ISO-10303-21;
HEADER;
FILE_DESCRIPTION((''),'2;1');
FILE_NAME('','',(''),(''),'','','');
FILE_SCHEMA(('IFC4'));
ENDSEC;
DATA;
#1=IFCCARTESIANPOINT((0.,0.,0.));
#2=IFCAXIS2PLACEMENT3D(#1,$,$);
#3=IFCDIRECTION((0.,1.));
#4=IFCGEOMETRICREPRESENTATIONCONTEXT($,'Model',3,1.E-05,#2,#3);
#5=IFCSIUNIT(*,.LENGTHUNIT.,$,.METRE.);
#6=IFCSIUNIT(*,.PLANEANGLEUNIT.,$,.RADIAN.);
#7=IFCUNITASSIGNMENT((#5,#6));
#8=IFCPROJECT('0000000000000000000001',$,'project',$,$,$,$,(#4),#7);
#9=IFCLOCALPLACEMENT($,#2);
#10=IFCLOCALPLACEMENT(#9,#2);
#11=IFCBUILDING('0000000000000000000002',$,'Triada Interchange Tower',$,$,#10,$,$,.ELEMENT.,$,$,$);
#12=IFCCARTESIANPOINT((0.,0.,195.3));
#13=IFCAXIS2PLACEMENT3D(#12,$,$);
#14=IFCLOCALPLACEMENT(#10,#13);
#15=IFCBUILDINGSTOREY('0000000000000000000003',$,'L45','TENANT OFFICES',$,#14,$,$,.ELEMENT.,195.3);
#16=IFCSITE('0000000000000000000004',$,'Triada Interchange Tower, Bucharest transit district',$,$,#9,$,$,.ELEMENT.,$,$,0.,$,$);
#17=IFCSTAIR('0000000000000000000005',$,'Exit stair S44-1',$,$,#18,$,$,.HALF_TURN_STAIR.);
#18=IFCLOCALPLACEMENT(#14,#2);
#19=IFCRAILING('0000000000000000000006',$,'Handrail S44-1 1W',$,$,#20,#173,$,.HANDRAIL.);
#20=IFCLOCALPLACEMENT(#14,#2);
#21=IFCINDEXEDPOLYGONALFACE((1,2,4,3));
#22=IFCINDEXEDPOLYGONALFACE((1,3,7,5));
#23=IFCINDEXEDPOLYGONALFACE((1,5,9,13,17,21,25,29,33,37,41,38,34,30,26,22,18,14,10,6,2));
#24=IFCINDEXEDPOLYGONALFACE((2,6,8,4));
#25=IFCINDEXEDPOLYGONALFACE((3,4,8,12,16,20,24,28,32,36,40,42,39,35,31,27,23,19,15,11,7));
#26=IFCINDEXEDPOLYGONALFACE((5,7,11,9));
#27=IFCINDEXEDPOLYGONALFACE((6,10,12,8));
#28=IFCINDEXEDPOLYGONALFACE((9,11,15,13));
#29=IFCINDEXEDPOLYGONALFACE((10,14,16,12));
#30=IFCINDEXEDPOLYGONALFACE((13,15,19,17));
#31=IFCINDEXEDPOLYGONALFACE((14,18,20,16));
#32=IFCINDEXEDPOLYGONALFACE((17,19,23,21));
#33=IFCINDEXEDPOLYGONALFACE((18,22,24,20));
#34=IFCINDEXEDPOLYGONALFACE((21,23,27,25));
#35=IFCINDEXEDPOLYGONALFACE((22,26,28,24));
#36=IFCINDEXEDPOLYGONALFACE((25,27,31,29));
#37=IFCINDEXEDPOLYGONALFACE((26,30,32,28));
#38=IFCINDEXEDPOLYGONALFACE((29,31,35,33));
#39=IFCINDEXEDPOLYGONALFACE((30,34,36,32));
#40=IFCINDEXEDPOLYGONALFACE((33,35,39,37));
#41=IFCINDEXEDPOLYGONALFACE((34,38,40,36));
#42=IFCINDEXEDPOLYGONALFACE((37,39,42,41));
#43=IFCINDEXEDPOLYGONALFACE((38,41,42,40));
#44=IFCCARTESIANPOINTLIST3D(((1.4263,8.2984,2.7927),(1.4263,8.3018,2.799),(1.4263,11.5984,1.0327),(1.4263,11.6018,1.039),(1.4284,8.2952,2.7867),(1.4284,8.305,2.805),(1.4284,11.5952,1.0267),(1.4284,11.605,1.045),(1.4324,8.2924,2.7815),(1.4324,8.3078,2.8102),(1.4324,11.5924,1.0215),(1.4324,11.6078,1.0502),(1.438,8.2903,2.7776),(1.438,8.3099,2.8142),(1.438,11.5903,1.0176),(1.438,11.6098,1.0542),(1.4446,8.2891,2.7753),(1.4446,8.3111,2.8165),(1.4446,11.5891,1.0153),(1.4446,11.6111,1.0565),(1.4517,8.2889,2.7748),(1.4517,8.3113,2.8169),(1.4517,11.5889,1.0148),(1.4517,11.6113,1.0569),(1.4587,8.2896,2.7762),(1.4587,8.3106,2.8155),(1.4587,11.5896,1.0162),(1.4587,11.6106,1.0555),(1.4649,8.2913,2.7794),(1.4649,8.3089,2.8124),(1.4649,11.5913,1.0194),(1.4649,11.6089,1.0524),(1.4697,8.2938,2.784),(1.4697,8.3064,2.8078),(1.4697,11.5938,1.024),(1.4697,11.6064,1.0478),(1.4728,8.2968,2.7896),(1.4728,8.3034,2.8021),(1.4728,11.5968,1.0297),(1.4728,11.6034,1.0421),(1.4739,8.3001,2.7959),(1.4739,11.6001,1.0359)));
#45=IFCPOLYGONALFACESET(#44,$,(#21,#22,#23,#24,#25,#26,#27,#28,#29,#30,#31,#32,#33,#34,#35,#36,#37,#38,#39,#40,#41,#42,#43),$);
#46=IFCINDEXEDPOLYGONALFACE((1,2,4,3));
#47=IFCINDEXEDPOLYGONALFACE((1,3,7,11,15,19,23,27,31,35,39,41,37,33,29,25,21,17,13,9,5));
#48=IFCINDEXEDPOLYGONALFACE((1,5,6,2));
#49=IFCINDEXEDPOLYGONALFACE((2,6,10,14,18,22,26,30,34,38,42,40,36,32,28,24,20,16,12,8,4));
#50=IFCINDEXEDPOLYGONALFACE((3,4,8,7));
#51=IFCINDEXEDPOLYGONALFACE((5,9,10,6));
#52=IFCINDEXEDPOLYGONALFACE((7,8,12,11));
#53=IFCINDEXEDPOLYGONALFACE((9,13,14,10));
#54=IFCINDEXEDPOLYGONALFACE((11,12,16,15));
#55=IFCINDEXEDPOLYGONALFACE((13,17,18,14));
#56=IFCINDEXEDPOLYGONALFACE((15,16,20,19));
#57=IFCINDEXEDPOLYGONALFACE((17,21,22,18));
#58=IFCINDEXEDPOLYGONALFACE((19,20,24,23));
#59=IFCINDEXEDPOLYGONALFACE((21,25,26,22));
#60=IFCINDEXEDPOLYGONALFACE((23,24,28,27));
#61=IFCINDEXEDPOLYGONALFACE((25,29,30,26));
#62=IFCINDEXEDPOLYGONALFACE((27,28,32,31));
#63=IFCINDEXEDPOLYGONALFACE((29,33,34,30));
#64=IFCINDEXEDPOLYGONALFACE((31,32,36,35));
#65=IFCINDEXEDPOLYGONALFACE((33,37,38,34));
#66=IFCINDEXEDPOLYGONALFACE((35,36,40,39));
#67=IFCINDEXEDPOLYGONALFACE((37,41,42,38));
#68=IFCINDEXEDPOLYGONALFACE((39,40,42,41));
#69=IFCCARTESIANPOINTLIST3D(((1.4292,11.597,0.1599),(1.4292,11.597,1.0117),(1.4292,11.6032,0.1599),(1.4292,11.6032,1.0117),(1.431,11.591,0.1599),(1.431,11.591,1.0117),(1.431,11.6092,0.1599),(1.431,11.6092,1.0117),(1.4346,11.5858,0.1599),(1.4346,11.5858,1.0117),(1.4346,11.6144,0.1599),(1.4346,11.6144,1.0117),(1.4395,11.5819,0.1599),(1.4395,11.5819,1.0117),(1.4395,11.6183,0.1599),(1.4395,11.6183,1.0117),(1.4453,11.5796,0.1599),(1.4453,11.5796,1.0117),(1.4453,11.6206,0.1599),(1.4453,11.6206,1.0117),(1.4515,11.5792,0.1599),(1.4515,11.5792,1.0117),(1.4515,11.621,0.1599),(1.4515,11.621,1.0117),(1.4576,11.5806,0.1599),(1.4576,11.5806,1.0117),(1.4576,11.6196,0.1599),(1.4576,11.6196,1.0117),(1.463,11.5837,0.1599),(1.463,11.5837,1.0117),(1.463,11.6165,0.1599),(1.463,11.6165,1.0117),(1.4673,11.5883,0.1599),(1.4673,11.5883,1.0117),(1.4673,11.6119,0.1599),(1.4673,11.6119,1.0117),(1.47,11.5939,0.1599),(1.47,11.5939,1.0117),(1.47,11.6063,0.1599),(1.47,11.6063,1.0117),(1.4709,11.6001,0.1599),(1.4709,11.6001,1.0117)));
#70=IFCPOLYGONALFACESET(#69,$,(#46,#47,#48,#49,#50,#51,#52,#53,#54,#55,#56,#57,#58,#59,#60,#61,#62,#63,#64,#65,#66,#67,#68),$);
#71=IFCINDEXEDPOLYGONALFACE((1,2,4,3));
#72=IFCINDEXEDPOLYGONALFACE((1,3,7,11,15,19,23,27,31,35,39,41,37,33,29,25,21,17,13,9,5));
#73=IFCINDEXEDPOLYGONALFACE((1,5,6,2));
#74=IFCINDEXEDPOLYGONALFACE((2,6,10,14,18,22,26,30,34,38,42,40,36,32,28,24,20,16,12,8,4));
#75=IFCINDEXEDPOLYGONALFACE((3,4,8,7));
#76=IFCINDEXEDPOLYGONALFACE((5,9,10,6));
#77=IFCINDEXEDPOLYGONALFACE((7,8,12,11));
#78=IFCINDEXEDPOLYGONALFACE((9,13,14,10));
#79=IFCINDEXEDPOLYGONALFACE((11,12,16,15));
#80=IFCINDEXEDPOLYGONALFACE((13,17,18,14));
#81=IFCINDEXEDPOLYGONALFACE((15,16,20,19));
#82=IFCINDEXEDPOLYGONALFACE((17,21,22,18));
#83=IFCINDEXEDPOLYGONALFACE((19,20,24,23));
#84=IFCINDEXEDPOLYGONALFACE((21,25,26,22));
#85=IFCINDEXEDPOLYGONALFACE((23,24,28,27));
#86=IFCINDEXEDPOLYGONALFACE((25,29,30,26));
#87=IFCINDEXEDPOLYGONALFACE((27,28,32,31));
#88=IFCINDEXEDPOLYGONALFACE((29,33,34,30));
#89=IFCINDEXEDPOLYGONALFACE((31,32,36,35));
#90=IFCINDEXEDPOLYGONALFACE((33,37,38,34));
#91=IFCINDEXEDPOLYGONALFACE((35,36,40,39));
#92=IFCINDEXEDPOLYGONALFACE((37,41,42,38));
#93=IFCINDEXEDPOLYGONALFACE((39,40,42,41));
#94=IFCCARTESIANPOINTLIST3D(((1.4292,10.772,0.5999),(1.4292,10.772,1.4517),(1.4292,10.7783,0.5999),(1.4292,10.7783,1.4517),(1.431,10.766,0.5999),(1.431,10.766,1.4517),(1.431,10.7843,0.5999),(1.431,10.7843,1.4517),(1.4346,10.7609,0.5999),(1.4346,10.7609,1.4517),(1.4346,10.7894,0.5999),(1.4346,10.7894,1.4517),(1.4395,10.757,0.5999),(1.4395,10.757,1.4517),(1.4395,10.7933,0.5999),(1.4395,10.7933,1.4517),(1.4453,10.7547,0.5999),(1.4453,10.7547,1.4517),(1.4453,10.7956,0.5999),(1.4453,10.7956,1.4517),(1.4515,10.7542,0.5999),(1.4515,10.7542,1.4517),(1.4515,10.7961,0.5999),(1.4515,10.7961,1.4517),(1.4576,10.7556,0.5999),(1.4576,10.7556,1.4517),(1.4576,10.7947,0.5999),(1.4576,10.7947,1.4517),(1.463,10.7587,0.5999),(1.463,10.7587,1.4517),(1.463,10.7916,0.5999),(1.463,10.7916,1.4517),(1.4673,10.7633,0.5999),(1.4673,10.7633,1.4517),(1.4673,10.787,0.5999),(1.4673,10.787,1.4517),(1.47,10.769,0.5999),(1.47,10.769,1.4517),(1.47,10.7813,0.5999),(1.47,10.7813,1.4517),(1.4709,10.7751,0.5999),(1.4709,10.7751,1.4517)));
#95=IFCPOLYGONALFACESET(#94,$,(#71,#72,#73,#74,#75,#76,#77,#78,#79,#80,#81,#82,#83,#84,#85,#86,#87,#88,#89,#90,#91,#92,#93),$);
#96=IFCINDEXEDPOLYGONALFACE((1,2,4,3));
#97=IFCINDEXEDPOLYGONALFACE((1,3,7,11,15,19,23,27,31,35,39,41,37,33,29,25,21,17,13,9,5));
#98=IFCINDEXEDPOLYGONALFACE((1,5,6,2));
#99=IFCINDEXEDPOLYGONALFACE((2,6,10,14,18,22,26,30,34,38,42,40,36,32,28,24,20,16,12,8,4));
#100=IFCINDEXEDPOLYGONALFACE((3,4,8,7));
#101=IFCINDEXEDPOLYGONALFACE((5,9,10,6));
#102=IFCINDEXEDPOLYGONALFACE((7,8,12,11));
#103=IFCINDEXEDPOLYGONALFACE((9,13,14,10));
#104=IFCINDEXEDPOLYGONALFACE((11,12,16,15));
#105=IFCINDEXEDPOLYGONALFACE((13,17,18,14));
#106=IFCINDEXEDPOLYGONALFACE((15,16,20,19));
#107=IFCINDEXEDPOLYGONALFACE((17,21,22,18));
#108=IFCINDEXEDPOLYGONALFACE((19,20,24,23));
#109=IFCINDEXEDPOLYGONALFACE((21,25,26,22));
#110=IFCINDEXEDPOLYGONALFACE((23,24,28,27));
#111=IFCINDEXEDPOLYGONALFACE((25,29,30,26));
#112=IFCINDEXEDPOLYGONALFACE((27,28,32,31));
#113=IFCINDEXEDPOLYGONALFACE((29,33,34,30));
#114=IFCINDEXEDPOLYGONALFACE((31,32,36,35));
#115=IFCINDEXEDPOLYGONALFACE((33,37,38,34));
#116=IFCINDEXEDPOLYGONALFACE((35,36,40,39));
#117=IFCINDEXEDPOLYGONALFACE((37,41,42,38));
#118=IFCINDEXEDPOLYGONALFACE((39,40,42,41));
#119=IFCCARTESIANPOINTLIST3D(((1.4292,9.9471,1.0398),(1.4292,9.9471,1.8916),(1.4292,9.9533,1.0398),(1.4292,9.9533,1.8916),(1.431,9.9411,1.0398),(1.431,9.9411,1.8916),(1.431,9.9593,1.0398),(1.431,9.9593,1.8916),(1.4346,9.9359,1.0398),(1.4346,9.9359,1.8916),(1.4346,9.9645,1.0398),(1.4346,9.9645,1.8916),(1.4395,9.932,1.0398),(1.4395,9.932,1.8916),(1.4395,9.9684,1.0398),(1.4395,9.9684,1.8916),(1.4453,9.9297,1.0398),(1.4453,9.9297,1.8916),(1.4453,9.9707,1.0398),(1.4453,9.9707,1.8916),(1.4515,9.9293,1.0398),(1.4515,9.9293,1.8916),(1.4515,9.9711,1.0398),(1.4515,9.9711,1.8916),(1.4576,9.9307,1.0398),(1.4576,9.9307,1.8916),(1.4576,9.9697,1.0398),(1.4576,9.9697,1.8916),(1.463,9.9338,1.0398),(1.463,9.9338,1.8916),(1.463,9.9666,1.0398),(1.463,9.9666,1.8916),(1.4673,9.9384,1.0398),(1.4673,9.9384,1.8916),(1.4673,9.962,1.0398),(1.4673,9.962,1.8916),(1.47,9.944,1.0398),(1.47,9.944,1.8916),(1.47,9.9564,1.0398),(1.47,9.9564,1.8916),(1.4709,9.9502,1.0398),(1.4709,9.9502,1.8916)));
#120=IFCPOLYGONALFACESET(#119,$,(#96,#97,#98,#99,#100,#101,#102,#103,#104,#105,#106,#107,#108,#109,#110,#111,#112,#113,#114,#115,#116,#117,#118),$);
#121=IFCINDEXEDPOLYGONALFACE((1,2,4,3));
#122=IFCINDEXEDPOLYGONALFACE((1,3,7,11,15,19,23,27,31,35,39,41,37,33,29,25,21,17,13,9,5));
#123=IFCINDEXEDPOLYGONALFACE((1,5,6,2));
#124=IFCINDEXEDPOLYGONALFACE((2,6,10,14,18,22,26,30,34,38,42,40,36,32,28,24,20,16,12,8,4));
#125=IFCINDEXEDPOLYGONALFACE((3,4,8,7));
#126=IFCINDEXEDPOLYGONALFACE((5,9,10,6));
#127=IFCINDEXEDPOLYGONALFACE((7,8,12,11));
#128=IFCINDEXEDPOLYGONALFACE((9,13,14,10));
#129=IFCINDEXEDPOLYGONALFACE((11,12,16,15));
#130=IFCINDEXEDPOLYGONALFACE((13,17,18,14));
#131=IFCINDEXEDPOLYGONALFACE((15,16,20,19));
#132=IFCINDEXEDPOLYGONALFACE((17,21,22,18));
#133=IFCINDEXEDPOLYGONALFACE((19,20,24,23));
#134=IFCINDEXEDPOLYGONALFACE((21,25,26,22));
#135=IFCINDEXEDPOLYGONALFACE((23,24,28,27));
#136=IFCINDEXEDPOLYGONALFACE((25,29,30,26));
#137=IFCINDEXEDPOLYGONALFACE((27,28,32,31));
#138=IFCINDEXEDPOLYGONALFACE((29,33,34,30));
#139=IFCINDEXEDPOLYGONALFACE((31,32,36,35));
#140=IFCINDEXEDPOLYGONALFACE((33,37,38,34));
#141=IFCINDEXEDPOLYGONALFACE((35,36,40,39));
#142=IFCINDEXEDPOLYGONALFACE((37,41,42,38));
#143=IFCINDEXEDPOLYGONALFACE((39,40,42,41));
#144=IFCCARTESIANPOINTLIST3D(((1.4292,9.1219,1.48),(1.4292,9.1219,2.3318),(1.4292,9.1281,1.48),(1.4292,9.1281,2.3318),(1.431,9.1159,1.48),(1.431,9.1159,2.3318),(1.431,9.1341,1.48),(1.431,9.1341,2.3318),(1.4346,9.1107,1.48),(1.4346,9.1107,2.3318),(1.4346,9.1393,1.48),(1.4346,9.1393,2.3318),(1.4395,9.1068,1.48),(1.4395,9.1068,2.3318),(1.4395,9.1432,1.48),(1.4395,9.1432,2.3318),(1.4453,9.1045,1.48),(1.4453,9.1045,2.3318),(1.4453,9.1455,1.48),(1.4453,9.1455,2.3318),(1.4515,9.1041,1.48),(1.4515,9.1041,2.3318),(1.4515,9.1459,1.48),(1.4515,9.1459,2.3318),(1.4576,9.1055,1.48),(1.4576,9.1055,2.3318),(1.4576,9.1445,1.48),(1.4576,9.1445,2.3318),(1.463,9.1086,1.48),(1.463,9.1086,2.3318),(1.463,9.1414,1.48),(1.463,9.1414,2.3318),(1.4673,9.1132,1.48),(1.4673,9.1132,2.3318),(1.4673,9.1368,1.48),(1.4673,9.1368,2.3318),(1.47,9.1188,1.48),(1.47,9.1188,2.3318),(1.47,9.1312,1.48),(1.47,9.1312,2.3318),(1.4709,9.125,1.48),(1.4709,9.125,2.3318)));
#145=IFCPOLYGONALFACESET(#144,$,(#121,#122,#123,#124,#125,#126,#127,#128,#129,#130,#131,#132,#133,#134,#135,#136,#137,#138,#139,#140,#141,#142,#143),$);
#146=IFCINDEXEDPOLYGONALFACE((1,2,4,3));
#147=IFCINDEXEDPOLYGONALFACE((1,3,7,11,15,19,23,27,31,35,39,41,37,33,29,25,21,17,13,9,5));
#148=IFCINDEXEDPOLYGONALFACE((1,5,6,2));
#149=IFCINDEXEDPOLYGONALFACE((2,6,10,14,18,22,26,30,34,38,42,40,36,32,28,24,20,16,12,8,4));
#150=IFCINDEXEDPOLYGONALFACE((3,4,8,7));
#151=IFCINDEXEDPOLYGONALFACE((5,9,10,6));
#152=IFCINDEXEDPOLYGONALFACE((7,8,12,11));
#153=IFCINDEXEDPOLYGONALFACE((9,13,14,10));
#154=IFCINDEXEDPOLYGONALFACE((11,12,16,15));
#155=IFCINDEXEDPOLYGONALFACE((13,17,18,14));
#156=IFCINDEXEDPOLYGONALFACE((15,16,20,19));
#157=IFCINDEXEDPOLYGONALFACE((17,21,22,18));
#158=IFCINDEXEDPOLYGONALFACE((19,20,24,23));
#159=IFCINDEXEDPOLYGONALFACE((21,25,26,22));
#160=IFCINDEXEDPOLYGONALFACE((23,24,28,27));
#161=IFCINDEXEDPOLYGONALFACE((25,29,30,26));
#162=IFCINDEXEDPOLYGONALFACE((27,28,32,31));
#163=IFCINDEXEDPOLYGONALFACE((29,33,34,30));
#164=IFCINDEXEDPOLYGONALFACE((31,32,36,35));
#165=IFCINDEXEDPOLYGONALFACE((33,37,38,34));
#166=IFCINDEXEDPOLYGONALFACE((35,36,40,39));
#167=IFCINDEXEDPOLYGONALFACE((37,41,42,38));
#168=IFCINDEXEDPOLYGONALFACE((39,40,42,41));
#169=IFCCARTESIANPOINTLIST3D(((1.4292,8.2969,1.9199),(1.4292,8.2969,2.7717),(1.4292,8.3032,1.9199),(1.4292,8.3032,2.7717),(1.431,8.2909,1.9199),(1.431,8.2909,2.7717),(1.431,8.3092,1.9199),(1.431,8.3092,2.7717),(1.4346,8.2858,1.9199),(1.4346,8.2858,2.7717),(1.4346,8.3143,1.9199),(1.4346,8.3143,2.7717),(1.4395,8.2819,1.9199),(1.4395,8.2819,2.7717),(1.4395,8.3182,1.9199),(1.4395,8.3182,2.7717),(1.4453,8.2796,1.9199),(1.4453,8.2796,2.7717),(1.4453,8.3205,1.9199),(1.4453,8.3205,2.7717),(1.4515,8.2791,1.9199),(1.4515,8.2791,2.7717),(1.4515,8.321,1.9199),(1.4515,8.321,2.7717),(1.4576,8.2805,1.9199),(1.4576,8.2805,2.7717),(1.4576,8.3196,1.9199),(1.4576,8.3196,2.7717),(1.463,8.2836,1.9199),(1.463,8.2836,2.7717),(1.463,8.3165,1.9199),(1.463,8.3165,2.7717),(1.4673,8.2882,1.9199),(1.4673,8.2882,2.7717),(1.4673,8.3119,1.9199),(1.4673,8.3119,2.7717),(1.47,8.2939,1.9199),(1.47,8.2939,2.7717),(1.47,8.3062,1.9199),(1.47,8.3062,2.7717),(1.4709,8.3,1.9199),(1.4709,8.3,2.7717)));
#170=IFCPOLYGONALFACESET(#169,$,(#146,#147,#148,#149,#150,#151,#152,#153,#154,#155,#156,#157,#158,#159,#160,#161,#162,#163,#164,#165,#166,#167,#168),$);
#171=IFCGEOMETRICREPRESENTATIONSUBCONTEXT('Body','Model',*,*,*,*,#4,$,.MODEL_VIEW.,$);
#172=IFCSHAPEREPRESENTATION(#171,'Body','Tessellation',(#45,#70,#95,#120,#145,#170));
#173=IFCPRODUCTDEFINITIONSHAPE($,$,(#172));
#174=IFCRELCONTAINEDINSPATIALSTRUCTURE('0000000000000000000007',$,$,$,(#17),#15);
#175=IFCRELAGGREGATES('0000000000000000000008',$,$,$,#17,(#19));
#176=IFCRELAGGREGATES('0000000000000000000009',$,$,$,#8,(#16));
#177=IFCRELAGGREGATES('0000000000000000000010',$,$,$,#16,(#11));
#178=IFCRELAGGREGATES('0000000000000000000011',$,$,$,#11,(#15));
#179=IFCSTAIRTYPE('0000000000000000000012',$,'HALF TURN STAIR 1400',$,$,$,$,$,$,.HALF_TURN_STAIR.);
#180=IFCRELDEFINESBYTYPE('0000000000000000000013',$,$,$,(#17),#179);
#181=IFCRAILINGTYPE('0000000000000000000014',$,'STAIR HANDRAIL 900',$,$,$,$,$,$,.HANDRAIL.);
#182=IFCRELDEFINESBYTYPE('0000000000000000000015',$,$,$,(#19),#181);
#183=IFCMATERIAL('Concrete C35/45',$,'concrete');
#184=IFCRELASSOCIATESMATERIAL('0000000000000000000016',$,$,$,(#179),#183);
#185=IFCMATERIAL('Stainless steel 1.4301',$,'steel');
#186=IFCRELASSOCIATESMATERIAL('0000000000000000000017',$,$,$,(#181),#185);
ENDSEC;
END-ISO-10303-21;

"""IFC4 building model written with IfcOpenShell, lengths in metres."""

from ifc_helpers import new_model, si_unit, direction, frame, origin, origin_2d, place, context, subcontext, project, spatial, circle, extrude, material, type_object, element, aggregate, save


model = new_model("IFC4")

# Units and contexts
model_context = context("Model", 3, precision=1e-05, world=origin(), true_north=direction((0.0, 1.0)))
body_context = subcontext(model_context, "Body", "Model", "MODEL_VIEW")
ifc_project = project(units=[si_unit("LENGTHUNIT", "METRE"), si_unit("PLANEANGLEUNIT", "RADIAN")], contexts=[model_context])

# Site, building, storey
site_placement = place(None, origin())
site = spatial("IfcSite", under=ifc_project, at=site_placement, Name="Triada Interchange Tower, Bucharest transit district", CompositionType="ELEMENT", RefElevation=0.0)
building_placement = place(site_placement, origin())
building = spatial("IfcBuilding", under=site, at=building_placement, Name="Triada Interchange Tower", CompositionType="ELEMENT")
storey_placement = place(building_placement, frame((0.0, 0.0, 195.3)))
storey = spatial("IfcBuildingStorey", under=building, at=storey_placement, Name="L45", Description="TENANT OFFICES", CompositionType="ELEMENT", Elevation=195.3)

# Stair
ifc_material_1 = material(Name="Concrete C35/45", Category="concrete")
stair_type = type_object("IfcStairType", Name="HALF TURN STAIR 1400", PredefinedType="HALF_TURN_STAIR", material=ifc_material_1)
stair_placement = place(storey_placement, origin())
stair = element("IfcStair", 1, at=stair_placement, inside=storey, type_object=stair_type, Name="Exit stair S44-1", PredefinedType="HALF_TURN_STAIR")

# Railing
ifc_material_2 = material(Name="Stainless steel 1.4301", Category="steel")
railing_type = type_object("IfcRailingType", Name="STAIR HANDRAIL 900", PredefinedType="HANDRAIL", material=ifc_material_2)
railing_1_placement = place(storey_placement, frame((1.45, 11.6001, 0.1599)))
railing_1 = element("IfcRailing", 2, at=railing_1_placement, type_object=railing_type, Name="Handrail S44-1 1W", PredefinedType="HANDRAIL", context=body_context, shape_type="SweptSolid", body=[
    extrude(circle(Radius=0.0239, at=origin_2d()), frame((0.0, 0.0, 0.876), z_axis=(0.0, -0.882355, 0.470585), x_axis=(1.0, 0.0, 0.0)), (0.0, 0.0, 1.0), 3.74),
    extrude(circle(Radius=0.021, at=origin_2d()), origin(), (0.0, 0.0, 1.0), 0.8518),
    extrude(circle(Radius=0.021, at=origin_2d()), frame((0.0, -0.825, 0.4399)), (0.0, 0.0, 1.0), 0.8518),
    extrude(circle(Radius=0.021, at=origin_2d()), frame((0.0, -1.6499, 0.8799)), (0.0, 0.0, 1.0), 0.8518),
    extrude(circle(Radius=0.021, at=origin_2d()), frame((0.0, -2.4751, 1.3201)), (0.0, 0.0, 1.0), 0.8518),
    extrude(circle(Radius=0.021, at=origin_2d()), frame((0.0, -3.3, 1.76)), (0.0, 0.0, 1.0), 0.8518),
])
aggregate(stair, [railing_1])

save(model, "model.ifc")
